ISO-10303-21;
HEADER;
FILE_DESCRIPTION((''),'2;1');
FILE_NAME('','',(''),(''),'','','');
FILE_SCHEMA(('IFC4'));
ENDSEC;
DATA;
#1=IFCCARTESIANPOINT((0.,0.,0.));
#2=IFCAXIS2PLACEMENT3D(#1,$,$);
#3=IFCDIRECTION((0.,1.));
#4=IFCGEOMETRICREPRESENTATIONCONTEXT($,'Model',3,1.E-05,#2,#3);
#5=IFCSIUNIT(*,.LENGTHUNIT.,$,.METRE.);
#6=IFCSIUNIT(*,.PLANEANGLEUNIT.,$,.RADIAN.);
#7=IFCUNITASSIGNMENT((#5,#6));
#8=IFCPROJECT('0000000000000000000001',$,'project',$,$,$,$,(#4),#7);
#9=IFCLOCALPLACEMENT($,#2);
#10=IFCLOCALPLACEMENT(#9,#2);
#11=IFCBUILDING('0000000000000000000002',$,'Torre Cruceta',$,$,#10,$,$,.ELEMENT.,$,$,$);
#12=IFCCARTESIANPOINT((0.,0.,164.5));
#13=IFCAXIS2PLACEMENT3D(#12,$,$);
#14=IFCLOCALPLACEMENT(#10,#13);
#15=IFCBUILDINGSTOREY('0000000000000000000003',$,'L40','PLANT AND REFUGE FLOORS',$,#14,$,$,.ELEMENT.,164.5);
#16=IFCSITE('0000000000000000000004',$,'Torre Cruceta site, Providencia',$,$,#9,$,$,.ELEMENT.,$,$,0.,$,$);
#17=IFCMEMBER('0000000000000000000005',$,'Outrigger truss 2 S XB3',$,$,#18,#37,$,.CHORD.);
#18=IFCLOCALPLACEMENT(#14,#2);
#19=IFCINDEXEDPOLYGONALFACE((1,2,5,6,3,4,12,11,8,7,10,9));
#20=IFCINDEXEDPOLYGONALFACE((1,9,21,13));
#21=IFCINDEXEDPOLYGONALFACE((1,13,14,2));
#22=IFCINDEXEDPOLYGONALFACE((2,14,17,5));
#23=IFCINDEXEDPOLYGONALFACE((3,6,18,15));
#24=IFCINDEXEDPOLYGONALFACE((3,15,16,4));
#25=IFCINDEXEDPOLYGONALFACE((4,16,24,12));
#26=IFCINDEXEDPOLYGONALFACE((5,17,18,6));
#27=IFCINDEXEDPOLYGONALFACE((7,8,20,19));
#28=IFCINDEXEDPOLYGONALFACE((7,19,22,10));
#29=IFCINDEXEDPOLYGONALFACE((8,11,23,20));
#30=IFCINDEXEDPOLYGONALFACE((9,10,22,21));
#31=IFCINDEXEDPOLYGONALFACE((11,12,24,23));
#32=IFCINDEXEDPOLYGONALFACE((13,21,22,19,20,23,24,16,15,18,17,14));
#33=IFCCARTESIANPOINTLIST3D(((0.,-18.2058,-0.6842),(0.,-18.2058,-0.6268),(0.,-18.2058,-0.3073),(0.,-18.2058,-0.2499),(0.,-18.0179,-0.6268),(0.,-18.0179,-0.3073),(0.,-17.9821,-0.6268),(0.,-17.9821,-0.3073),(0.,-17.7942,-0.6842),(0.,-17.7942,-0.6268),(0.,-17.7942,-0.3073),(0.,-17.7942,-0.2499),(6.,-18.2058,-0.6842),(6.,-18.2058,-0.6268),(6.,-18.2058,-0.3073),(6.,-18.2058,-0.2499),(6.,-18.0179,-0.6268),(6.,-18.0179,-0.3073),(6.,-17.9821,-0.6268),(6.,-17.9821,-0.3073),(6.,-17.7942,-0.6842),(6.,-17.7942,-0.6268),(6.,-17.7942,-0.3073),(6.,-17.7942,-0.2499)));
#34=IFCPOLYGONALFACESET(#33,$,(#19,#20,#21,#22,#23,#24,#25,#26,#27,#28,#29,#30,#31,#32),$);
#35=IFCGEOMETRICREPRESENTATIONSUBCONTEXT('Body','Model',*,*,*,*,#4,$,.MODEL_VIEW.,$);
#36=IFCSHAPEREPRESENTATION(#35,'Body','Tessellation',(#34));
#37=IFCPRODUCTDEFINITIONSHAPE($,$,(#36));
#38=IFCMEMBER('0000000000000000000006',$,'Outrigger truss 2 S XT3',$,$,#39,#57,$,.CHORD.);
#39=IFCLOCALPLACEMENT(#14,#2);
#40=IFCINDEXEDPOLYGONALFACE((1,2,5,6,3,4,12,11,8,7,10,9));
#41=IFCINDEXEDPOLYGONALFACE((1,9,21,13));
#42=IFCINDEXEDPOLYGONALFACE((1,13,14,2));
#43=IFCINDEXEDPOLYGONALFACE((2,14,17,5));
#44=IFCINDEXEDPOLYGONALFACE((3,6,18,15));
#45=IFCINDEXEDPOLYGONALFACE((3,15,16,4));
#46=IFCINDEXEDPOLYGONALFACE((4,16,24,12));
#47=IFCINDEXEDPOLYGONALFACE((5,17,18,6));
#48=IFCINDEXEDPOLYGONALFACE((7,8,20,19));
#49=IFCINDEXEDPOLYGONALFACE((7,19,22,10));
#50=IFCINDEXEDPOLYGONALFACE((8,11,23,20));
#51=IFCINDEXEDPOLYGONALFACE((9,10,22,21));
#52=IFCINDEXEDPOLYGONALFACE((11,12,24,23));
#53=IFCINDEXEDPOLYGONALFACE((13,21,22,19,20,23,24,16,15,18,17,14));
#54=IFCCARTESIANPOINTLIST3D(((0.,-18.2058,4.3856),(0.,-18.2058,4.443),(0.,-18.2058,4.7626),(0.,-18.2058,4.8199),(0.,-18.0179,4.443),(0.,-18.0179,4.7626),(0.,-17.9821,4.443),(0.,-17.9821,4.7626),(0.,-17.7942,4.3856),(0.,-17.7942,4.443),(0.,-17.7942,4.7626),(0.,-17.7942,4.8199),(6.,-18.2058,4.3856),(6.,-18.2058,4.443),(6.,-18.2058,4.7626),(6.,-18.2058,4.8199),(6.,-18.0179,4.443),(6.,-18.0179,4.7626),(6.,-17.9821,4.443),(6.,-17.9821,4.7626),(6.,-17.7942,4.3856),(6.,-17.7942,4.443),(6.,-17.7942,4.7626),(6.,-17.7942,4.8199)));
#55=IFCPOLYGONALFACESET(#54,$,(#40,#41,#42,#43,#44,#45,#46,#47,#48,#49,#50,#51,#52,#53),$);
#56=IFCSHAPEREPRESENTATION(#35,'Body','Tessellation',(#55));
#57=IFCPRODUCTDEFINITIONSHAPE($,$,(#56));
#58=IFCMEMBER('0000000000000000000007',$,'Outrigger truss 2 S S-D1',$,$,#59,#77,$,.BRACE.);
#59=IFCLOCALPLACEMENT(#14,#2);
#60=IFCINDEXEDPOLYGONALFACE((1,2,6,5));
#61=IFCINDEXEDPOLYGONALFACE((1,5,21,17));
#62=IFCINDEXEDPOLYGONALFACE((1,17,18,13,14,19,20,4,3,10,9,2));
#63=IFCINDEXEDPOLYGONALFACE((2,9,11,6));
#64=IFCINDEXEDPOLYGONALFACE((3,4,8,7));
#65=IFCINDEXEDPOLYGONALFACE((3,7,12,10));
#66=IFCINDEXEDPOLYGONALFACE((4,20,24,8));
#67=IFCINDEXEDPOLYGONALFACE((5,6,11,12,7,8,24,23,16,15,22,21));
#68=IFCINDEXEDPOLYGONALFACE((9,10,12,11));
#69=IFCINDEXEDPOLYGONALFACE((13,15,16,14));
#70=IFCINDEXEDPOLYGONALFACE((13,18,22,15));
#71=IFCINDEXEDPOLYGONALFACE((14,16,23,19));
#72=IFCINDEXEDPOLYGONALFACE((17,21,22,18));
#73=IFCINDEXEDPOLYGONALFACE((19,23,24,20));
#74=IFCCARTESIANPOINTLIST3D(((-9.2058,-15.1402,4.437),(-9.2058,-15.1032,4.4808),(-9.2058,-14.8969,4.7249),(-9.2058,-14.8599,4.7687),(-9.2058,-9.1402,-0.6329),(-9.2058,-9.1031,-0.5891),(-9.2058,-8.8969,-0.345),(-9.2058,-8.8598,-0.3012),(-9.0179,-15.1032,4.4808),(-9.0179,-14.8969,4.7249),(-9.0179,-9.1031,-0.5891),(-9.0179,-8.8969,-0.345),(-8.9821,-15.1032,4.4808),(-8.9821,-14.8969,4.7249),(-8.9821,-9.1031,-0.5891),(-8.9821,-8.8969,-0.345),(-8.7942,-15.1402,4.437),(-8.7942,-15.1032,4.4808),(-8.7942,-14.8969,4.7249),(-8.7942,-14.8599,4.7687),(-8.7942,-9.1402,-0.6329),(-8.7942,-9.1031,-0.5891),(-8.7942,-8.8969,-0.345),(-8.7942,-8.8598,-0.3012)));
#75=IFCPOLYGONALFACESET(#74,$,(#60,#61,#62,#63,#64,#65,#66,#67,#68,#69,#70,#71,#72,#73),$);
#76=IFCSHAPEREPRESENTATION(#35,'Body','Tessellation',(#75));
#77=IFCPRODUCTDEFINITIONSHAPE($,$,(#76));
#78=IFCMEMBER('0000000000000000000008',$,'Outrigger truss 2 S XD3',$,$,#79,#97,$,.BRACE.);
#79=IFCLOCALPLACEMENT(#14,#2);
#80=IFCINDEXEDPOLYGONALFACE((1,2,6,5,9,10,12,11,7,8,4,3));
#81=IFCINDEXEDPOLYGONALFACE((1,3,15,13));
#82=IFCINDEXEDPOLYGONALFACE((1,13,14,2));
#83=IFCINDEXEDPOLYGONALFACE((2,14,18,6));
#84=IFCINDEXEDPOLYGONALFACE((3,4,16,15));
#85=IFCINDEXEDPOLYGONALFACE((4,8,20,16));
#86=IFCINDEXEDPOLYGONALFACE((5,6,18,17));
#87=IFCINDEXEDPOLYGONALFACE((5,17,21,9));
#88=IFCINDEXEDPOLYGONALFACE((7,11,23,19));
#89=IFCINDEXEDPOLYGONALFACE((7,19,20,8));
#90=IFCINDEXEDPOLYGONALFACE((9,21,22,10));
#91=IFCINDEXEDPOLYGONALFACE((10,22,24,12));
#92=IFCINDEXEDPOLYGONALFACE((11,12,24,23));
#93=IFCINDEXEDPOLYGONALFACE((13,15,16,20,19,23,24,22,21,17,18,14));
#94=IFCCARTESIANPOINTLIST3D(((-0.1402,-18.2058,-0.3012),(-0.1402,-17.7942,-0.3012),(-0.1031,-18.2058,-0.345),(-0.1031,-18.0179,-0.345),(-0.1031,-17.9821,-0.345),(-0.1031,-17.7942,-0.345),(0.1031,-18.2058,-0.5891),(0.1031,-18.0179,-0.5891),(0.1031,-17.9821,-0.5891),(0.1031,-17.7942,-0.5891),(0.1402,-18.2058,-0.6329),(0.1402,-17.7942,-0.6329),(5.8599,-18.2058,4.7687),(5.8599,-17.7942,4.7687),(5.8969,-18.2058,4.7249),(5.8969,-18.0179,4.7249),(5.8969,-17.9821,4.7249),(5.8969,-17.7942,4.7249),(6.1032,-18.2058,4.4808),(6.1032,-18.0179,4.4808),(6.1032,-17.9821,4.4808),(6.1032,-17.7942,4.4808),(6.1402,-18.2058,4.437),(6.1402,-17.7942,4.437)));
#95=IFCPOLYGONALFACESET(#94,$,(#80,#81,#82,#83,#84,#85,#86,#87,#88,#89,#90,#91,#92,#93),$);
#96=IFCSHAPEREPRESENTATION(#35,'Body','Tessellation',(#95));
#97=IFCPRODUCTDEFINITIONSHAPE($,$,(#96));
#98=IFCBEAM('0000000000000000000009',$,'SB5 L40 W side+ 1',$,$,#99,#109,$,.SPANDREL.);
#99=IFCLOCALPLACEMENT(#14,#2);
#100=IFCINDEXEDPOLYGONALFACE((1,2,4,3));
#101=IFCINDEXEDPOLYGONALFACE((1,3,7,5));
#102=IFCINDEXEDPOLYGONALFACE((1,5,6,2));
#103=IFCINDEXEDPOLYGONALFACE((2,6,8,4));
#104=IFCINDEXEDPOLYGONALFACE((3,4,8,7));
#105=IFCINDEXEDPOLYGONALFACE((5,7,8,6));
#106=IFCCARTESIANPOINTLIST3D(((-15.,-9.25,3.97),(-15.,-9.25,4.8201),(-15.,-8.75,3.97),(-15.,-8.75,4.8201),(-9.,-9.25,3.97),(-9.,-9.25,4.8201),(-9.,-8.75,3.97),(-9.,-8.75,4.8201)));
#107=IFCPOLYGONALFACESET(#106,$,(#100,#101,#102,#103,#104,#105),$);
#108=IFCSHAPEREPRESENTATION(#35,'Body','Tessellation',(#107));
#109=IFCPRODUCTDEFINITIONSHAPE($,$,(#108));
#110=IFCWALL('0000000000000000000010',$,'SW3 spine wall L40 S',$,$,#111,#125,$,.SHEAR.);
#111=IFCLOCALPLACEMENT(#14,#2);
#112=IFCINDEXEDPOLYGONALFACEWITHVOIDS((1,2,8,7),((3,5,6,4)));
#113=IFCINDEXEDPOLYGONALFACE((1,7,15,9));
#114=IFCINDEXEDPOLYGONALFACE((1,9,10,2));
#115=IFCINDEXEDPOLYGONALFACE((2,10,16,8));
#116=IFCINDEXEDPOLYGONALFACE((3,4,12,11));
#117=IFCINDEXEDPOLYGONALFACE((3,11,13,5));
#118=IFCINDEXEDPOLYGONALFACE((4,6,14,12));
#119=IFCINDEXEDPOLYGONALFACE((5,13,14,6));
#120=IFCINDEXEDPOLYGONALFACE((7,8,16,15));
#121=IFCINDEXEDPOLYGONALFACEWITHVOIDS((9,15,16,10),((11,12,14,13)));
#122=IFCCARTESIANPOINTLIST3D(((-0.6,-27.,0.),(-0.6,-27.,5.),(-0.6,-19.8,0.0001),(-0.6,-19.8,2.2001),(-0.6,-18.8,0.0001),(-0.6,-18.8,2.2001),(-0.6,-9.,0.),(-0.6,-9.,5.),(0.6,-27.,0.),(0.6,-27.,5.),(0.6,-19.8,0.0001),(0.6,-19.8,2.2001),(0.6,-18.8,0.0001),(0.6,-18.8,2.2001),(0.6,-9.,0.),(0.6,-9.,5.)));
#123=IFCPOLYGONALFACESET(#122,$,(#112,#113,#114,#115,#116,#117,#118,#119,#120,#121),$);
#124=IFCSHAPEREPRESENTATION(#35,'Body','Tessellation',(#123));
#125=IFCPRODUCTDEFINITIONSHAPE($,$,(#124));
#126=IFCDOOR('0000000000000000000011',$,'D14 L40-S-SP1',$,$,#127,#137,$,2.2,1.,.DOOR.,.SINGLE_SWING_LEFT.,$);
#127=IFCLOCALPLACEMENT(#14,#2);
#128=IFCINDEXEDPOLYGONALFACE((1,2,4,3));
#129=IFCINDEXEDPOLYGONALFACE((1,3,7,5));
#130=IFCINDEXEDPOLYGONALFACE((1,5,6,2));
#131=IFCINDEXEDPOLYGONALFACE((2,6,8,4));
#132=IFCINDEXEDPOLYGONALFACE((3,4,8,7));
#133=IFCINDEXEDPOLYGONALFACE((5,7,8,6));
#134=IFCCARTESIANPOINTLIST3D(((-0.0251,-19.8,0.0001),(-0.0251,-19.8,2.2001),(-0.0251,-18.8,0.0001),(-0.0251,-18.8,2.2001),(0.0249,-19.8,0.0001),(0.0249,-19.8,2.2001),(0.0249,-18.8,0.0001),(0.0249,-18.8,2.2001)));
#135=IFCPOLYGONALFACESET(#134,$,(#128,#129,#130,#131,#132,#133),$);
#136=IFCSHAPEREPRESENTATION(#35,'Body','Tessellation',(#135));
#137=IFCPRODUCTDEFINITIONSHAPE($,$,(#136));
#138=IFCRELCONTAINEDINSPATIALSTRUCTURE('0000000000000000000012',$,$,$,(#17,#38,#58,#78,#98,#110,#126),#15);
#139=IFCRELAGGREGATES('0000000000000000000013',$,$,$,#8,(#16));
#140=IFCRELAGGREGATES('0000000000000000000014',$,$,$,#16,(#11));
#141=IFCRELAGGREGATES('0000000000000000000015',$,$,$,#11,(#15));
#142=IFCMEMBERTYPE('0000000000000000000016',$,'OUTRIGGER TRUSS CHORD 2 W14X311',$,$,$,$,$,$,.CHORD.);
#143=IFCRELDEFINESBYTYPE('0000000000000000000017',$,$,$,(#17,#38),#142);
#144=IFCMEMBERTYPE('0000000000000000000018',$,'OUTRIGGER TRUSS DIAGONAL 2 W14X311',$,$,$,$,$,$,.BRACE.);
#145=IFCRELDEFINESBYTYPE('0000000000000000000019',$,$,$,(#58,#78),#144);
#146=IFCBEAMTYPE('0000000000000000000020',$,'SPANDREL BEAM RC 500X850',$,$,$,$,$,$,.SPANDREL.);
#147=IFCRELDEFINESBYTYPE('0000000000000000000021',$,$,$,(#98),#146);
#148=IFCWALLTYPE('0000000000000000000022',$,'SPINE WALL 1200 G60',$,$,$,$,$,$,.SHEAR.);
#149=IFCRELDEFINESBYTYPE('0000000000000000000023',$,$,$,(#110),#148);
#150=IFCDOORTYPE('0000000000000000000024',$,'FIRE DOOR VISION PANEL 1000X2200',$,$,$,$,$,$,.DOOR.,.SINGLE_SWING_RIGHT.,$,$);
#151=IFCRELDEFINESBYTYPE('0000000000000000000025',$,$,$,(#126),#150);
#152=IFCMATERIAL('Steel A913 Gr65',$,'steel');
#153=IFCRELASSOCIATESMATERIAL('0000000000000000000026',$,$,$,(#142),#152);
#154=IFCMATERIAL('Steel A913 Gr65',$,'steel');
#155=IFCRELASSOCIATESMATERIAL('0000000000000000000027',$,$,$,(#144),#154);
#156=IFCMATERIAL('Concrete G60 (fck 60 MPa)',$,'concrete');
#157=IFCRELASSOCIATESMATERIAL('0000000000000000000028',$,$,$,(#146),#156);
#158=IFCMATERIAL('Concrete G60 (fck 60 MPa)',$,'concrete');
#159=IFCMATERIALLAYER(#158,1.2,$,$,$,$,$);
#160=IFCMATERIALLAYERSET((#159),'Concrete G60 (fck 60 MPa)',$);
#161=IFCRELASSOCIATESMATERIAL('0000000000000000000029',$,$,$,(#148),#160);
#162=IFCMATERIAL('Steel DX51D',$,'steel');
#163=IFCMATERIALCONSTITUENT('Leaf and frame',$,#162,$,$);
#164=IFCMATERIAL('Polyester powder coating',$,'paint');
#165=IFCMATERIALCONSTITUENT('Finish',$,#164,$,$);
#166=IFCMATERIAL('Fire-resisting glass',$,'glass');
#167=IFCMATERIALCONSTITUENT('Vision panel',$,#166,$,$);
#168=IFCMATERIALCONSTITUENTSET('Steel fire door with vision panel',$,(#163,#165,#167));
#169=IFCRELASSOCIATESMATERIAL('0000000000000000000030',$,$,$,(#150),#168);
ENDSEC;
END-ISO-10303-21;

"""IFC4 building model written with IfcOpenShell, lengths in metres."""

from ifc_helpers import new_model, si_unit, direction, frame, frame_2d, origin, origin_2d, place, context, subcontext, project, spatial, rectangle, i_section, extrude, material, layer, layer_set, constituent, constituent_set, material_profile, profile_set, type_object, element, fill, save


model = new_model("IFC4")

# Units and contexts
model_context = context("Model", 3, precision=1e-05, world=origin(), true_north=direction((0.0, 1.0)))
body_context = subcontext(model_context, "Body", "Model", "MODEL_VIEW")
ifc_project = project(units=[si_unit("LENGTHUNIT", "METRE"), si_unit("PLANEANGLEUNIT", "RADIAN")], contexts=[model_context])

# Site, building, storey
site_placement = place(None, origin())
site = spatial("IfcSite", under=ifc_project, at=site_placement, Name="Torre Cruceta site, Providencia", CompositionType="ELEMENT", RefElevation=0.0)
building_placement = place(site_placement, origin())
building = spatial("IfcBuilding", under=site, at=building_placement, Name="Torre Cruceta", CompositionType="ELEMENT")
storey_placement = place(building_placement, frame((0.0, 0.0, 164.5)))
storey = spatial("IfcBuildingStorey", under=building, at=storey_placement, Name="L40", Description="PLANT AND REFUGE FLOORS", CompositionType="ELEMENT", Elevation=164.5)

# Members
ifc_material_1 = material(Name="Steel A913 Gr65", Category="steel")
ifc_material_profile_1 = material_profile(ifc_material_1, i_section(OverallWidth=0.4116, OverallDepth=0.4343, WebThickness=0.0359, FlangeThickness=0.0574, at=origin_2d()), Name="W14X311")
ifc_profile_set_1 = profile_set([ifc_material_profile_1], Name="Steel A913 Gr65")
member_type_1 = type_object("IfcMemberType", Name="OUTRIGGER TRUSS CHORD 2 W14X311", PredefinedType="CHORD", material=ifc_profile_set_1)
for number, where, z_axis, x_axis, name in (
    (1, (0.0, -18.0, -0.467), (1.0, 0.0, 0.0), (0.0, 1.0, 0.0), "Outrigger truss 2 S XB3"),
    (2, (0.0, -18.0, 4.6028), (1.0, 0.0, 0.0), (0.0, 1.0, 0.0), "Outrigger truss 2 S XT3"),
):
    element("IfcMember", number, at=place(storey_placement, frame(where, z_axis=z_axis, x_axis=x_axis)), inside=storey, type_object=member_type_1, Name=name, PredefinedType="CHORD", context=body_context, shape_type="SweptSolid", body=[
        extrude(i_section(OverallWidth=0.4116, OverallDepth=0.4343, WebThickness=0.0359, FlangeThickness=0.0574, at=origin_2d()), origin(), (0.0, 0.0, 1.0), 6.0),
    ])
ifc_material_2 = material(Name="Steel A913 Gr65", Category="steel")
ifc_material_profile_2 = material_profile(ifc_material_2, i_section(OverallWidth=0.4116, OverallDepth=0.4343, WebThickness=0.0359, FlangeThickness=0.0574, at=origin_2d()), Name="W14X311")
ifc_profile_set_2 = profile_set([ifc_material_profile_2], Name="Steel A913 Gr65")
member_type_2 = type_object("IfcMemberType", Name="OUTRIGGER TRUSS DIAGONAL 2 W14X311", PredefinedType="BRACE", material=ifc_profile_set_2)
for number, where, z_axis, x_axis, name in (
    (3, (-9.0, -9.0, -0.467), (0.0, -0.763832, 0.645415), (1.0, 0.0, 0.0), "Outrigger truss 2 S S-D1"),
    (4, (0.0, -18.0, -0.467), (0.763832, 0.0, 0.645415), (0.0, 1.0, 0.0), "Outrigger truss 2 S XD3"),
):
    element("IfcMember", number, at=place(storey_placement, frame(where, z_axis=z_axis, x_axis=x_axis)), inside=storey, type_object=member_type_2, Name=name, PredefinedType="BRACE", context=body_context, shape_type="SweptSolid", body=[
        extrude(i_section(OverallWidth=0.4116, OverallDepth=0.4343, WebThickness=0.0359, FlangeThickness=0.0574, at=origin_2d()), origin(), (0.0, 0.0, 1.0), 7.8552),
    ])

# Beam
ifc_material_3 = material(Name="Concrete G60 (fck 60 MPa)", Category="concrete")
ifc_material_profile_3 = material_profile(ifc_material_3, rectangle(XDim=0.5, YDim=0.8501, at=origin_2d()), Name="RC 500X850")
ifc_profile_set_3 = profile_set([ifc_material_profile_3], Name="Concrete G60 (fck 60 MPa)")
beam_type_1 = type_object("IfcBeamType", Name="SPANDREL BEAM RC 500X850", PredefinedType="SPANDREL", material=ifc_profile_set_3)
beam_1_placement = place(storey_placement, frame((-9.0, -9.0, 4.395), z_axis=(-1.0, 0.0, 0.0), x_axis=(0.0, -1.0, 0.0)))
element("IfcBeam", 5, at=beam_1_placement, inside=storey, type_object=beam_type_1, Name="SB5 L40 W side+ 1", PredefinedType="SPANDREL", context=body_context, shape_type="SweptSolid", body=[
    extrude(rectangle(XDim=0.5, YDim=0.8501, at=origin_2d()), origin(), (0.0, 0.0, 1.0), 6.0),
])

# Wall, opening, door
ifc_material_4 = material(Name="Concrete G60 (fck 60 MPa)", Category="concrete")
ifc_layer_1 = layer(ifc_material_4, 1.2)
ifc_layer_set_1 = layer_set([ifc_layer_1], Name="Concrete G60 (fck 60 MPa)")
wall_type_1 = type_object("IfcWallType", Name="SPINE WALL 1200 G60", PredefinedType="SHEAR", material=ifc_layer_set_1)
wall_1_placement = place(storey_placement, frame((0.0, -9.0, 0.0), z_axis=(0.0, 0.0, 1.0), x_axis=(0.0, -1.0, 0.0)))
wall_1 = element("IfcWall", 6, at=wall_1_placement, inside=storey, type_object=wall_type_1, Name="SW3 spine wall L40 S", PredefinedType="SHEAR", context=body_context, shape_type="SweptSolid", body=[
    extrude(rectangle(XDim=18.0, YDim=1.2, at=frame_2d((9.0, 0.0))), origin(), (0.0, 0.0, 1.0), 5.0),
])
opening_1_placement = place(wall_1_placement, frame((9.8, 0.0, 0.0)))
opening_1 = element("IfcOpeningElement", 7, at=opening_1_placement, cuts=wall_1, PredefinedType="OPENING", context=body_context, shape_type="SweptSolid", body=[
    extrude(rectangle(XDim=1.0, YDim=2.2, at=frame_2d((0.5, 1.1001))), frame((0.0, 0.6099, 0.0), z_axis=(0.0, -1.0, 0.0), x_axis=(1.0, 0.0, 0.0)), (0.0, 0.0, 1.0), 1.22),
])
ifc_material_5 = material(Name="Steel DX51D", Category="steel")
ifc_constituent_1 = constituent(ifc_material_5, Name="Leaf and frame")
ifc_material_6 = material(Name="Polyester powder coating", Category="paint")
ifc_constituent_2 = constituent(ifc_material_6, Name="Finish")
ifc_material_7 = material(Name="Fire-resisting glass", Category="glass")
ifc_constituent_3 = constituent(ifc_material_7, Name="Vision panel")
ifc_constituent_set_1 = constituent_set(constituents=[ifc_constituent_1, ifc_constituent_2, ifc_constituent_3], Name="Steel fire door with vision panel")
door_type_1 = type_object("IfcDoorType", Name="FIRE DOOR VISION PANEL 1000X2200", OperationType="SINGLE_SWING_RIGHT", PredefinedType="DOOR", material=ifc_constituent_set_1)
door_1_placement = place(opening_1_placement, frame((1.0, 0.0, 0.0), z_axis=(0.0, 0.0, 1.0), x_axis=(-1.0, 0.0, 0.0)))
door_1 = element("IfcDoor", 8, at=door_1_placement, inside=storey, type_object=door_type_1, Name="D14 L40-S-SP1", OperationType="SINGLE_SWING_LEFT", OverallHeight=2.2, OverallWidth=1.0, PredefinedType="DOOR", context=body_context, shape_type="SweptSolid", body=[
    extrude(rectangle(XDim=1.0, YDim=2.2, at=frame_2d((0.5, 1.1001))), frame((0.0, 0.0251, 0.0), z_axis=(0.0, -1.0, 0.0), x_axis=(1.0, 0.0, 0.0)), (0.0, 0.0, 1.0), 0.05),
])
fill(opening_1, door_1)

save(model, "model.ifc")
